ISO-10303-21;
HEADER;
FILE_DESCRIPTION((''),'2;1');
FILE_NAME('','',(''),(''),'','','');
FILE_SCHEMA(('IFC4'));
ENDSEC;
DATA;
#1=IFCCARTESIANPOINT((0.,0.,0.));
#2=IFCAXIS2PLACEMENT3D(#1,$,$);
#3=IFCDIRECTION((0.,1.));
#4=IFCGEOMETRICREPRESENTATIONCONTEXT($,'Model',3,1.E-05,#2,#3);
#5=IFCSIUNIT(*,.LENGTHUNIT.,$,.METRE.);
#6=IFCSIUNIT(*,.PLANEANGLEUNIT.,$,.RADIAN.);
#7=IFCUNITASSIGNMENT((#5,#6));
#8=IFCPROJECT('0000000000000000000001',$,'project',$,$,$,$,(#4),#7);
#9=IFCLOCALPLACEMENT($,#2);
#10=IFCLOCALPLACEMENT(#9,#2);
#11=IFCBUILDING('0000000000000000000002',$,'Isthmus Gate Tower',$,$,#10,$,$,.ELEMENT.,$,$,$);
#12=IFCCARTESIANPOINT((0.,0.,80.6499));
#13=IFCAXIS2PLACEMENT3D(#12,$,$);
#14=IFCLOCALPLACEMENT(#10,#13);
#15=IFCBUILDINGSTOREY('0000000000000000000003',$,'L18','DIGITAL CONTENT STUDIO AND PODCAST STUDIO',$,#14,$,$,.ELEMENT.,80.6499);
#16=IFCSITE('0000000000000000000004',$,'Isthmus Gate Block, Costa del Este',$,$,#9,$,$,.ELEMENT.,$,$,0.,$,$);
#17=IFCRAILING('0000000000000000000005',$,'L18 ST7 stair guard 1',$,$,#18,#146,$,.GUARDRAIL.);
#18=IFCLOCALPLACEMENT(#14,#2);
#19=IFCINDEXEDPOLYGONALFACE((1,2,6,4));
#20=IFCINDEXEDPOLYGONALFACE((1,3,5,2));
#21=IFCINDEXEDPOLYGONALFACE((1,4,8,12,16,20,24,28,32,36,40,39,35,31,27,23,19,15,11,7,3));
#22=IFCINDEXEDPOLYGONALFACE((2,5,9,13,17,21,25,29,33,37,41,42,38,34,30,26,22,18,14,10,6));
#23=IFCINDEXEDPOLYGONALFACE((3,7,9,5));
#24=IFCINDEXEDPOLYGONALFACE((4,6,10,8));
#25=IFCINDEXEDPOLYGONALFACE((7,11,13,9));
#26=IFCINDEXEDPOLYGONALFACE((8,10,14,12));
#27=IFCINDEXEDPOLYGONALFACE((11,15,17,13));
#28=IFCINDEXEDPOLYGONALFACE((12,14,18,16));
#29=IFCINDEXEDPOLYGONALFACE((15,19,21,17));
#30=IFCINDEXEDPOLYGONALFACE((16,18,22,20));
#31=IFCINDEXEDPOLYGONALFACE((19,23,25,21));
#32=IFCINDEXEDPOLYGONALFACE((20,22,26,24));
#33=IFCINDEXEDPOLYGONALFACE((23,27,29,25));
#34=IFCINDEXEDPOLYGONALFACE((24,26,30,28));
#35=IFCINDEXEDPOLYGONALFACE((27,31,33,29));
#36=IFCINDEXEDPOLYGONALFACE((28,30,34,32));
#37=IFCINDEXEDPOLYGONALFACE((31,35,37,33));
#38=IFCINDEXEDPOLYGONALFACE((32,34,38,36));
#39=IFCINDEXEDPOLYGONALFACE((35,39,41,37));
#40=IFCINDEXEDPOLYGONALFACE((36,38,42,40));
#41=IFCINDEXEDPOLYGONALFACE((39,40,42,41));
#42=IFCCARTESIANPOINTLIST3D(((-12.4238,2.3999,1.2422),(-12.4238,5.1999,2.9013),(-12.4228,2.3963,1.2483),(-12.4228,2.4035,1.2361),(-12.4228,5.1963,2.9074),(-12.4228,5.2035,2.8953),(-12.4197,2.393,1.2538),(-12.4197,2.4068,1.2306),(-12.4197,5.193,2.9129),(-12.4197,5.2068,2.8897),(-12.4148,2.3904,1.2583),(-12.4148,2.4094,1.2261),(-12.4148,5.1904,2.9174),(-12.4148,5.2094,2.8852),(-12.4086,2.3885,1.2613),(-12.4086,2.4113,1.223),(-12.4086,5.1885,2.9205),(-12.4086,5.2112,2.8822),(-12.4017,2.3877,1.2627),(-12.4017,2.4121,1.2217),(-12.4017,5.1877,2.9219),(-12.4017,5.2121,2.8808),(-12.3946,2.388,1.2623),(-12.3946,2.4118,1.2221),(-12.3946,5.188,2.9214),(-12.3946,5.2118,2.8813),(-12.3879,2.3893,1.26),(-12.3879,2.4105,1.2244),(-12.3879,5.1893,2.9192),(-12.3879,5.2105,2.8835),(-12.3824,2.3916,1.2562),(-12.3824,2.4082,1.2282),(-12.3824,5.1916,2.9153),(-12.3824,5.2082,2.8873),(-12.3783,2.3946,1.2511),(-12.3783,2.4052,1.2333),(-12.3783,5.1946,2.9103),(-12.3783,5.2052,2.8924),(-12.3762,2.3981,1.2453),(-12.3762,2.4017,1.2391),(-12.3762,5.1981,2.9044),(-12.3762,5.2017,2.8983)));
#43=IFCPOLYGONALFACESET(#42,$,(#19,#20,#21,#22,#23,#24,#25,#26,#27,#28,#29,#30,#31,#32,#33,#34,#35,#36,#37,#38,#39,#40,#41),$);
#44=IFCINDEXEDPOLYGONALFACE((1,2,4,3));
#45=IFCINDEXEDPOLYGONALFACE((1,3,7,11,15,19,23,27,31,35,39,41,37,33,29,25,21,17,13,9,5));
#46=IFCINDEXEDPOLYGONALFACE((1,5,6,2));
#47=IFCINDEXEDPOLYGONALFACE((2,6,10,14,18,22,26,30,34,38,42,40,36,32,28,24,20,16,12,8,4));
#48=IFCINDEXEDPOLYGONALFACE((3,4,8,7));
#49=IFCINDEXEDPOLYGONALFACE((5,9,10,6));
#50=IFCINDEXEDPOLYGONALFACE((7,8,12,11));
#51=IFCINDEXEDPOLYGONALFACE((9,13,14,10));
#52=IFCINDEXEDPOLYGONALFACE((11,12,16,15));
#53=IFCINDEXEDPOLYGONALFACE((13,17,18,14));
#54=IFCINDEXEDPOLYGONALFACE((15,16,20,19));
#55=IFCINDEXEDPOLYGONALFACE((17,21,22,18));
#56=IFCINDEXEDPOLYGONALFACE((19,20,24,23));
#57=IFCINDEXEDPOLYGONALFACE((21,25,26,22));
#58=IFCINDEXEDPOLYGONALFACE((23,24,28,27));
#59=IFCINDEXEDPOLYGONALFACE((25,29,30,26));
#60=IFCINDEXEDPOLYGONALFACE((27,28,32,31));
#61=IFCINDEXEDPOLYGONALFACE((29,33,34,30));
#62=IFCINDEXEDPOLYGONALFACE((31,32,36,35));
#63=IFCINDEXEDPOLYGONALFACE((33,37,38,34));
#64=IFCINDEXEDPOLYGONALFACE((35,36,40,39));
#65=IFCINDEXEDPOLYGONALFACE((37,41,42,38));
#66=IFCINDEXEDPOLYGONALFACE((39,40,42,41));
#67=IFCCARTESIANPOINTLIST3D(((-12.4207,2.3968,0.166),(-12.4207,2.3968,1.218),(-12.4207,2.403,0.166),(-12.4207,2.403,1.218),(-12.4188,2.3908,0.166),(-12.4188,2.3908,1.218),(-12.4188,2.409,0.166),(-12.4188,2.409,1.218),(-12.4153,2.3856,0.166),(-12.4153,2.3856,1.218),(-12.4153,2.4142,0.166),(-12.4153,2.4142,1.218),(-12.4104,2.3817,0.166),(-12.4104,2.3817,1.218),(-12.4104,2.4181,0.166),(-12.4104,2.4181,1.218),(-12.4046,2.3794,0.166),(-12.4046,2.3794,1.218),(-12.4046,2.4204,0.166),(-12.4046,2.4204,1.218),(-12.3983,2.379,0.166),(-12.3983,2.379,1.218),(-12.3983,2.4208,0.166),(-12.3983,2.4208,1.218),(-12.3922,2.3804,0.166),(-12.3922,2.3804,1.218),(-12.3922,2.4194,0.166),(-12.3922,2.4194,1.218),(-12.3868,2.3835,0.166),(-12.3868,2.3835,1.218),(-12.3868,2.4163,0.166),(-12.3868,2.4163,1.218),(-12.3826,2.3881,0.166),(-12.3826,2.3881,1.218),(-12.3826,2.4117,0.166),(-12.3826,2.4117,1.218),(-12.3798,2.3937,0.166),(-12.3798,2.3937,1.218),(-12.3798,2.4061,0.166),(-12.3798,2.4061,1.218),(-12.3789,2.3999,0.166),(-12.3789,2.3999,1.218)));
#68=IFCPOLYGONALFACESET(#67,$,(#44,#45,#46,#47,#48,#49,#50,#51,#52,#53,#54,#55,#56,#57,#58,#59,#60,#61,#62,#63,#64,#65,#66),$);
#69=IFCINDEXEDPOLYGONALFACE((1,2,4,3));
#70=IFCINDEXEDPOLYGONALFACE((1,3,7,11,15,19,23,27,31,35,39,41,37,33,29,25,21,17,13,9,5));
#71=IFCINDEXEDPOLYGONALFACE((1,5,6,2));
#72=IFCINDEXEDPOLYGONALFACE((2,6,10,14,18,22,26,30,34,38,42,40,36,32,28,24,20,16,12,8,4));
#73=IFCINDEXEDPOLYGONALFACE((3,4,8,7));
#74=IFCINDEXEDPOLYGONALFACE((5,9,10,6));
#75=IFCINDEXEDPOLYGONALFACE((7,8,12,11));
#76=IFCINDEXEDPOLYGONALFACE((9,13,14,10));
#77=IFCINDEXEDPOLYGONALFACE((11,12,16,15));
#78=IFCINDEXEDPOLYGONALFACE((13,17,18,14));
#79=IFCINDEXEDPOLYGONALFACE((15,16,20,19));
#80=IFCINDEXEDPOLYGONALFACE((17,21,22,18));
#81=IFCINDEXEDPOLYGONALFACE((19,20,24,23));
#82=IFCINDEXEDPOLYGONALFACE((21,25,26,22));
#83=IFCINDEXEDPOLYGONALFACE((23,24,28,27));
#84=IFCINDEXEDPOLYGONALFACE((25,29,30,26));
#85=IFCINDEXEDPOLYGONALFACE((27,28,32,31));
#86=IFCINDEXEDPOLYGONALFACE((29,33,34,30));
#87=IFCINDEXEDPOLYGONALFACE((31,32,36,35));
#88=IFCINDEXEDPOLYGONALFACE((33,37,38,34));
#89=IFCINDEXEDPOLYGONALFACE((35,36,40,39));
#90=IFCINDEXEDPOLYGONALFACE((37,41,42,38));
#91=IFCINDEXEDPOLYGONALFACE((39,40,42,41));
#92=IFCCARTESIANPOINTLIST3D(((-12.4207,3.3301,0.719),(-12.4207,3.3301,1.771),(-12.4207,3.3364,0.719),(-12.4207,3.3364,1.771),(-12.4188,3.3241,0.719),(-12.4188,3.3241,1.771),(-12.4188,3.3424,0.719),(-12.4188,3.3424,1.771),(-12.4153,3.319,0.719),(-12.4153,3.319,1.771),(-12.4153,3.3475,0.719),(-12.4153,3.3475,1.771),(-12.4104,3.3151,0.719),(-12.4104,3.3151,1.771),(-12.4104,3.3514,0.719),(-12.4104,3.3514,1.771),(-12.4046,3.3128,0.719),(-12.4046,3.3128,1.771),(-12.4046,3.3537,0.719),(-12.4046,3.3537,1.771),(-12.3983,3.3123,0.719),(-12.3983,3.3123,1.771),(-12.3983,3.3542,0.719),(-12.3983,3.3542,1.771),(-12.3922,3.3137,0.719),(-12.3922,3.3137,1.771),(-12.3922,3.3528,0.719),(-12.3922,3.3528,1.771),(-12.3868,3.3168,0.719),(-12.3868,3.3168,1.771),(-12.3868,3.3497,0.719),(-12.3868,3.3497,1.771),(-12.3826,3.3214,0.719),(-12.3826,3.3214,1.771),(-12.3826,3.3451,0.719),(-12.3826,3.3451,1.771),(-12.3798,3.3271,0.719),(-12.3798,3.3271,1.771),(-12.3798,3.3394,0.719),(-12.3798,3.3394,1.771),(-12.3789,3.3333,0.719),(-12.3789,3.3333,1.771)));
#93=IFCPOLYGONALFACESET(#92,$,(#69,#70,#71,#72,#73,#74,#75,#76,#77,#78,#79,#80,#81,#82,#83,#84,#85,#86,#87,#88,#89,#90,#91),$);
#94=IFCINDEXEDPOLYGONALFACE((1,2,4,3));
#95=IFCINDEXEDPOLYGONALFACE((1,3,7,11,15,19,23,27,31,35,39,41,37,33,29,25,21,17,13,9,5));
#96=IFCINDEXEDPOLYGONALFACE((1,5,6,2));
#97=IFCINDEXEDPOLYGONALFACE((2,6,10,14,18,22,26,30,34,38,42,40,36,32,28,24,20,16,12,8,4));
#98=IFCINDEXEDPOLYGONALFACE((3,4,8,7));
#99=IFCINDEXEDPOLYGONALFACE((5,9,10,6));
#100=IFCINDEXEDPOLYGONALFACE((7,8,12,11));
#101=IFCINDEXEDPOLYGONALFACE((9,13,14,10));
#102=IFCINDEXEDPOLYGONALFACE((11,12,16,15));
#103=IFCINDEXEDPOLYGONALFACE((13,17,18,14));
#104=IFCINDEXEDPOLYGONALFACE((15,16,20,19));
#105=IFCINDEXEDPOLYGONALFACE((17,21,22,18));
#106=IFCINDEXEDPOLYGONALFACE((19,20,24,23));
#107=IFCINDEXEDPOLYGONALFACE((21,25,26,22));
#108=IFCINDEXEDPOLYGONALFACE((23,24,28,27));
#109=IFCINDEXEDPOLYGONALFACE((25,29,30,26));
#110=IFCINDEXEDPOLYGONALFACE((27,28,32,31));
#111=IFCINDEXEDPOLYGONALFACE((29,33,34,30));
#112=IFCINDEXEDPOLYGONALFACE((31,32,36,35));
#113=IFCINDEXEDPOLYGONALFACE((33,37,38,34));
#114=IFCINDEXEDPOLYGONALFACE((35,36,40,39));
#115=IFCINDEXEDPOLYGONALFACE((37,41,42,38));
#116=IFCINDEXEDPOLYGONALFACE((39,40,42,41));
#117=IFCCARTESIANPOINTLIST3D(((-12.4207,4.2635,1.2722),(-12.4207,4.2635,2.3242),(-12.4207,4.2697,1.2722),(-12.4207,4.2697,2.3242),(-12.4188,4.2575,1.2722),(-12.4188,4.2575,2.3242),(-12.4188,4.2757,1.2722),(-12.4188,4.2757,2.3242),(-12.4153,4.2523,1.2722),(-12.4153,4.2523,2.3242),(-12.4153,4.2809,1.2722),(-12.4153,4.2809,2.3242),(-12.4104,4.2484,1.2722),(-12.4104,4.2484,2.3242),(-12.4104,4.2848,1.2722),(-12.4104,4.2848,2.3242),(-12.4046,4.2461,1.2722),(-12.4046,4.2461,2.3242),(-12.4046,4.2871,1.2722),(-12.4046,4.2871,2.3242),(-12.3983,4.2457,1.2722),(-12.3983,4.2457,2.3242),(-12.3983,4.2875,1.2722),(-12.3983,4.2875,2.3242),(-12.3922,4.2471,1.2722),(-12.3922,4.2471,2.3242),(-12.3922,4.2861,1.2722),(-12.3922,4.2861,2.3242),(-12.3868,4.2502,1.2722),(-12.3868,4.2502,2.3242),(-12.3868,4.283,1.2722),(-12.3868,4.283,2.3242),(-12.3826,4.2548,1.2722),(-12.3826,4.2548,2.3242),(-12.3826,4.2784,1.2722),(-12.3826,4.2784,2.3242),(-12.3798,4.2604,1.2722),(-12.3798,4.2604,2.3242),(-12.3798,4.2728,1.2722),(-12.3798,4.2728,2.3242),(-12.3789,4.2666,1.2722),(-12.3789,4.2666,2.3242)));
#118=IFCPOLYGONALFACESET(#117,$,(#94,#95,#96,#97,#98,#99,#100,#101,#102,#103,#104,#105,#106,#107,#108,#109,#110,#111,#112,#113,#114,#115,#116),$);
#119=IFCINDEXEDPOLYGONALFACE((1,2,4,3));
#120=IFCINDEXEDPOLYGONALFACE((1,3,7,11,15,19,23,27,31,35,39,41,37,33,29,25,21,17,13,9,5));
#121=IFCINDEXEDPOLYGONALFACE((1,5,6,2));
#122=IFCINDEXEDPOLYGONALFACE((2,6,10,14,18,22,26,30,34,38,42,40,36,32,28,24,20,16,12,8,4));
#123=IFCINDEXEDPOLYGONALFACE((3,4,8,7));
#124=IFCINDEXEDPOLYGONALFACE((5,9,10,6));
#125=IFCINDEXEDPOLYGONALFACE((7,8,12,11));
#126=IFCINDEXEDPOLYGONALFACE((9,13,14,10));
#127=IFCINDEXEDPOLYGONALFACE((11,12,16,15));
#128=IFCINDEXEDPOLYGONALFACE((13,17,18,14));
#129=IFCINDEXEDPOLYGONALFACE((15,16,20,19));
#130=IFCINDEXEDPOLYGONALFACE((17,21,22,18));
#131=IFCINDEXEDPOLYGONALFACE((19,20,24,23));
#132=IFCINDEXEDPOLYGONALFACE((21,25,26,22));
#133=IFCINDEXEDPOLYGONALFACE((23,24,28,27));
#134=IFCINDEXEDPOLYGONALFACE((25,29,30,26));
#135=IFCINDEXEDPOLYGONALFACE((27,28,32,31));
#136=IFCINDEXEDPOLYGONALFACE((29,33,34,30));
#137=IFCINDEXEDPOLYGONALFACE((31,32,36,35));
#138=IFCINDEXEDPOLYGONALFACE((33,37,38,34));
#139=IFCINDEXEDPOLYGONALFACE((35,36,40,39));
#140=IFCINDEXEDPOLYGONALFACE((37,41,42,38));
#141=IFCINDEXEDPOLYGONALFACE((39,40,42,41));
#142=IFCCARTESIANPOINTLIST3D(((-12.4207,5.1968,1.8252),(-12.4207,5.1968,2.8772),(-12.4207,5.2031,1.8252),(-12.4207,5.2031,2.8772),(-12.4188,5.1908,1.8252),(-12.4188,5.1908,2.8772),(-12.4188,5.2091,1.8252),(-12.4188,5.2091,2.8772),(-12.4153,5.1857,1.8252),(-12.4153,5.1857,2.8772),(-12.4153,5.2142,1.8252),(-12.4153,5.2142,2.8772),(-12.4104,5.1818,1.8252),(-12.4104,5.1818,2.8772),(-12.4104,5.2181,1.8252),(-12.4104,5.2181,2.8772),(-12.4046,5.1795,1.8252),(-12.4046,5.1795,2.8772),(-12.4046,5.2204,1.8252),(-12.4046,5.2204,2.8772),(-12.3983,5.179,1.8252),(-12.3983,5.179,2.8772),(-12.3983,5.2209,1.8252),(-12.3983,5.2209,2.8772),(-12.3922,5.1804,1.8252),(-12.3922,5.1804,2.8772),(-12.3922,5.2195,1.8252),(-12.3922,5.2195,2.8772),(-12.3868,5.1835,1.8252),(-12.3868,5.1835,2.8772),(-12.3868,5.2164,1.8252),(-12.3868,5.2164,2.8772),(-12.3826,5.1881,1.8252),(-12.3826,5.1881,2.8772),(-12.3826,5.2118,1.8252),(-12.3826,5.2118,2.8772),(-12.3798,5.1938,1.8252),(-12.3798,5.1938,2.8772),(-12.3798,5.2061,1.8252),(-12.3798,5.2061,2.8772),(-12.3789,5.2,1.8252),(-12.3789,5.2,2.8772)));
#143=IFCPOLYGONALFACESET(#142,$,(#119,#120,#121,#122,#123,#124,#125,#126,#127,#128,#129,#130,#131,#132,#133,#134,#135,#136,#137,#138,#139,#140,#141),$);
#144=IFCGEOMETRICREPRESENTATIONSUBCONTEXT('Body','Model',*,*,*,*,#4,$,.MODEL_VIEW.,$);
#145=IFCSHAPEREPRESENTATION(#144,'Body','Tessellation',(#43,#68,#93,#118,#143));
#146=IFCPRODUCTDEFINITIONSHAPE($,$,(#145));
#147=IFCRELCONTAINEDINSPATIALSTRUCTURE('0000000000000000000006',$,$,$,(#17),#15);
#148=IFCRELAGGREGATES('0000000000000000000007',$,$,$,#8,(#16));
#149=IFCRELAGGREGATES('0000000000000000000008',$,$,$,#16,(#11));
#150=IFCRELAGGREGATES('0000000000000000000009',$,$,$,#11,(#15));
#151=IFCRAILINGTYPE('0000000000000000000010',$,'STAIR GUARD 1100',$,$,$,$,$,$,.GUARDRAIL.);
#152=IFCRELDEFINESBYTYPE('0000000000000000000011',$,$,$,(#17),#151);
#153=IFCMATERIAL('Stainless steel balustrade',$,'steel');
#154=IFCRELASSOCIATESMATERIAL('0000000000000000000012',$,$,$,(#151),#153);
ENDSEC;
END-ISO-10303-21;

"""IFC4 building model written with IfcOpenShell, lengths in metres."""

from ifc_helpers import new_model, si_unit, direction, frame, origin, origin_2d, place, context, subcontext, project, spatial, circle, extrude, material, type_object, element, save


model = new_model("IFC4")

# Units and contexts
model_context = context("Model", 3, precision=1e-05, world=origin(), true_north=direction((0.0, 1.0)))
body_context = subcontext(model_context, "Body", "Model", "MODEL_VIEW")
ifc_project = project(units=[si_unit("LENGTHUNIT", "METRE"), si_unit("PLANEANGLEUNIT", "RADIAN")], contexts=[model_context])

# Site, building, storey
site_placement = place(None, origin())
site = spatial("IfcSite", under=ifc_project, at=site_placement, Name="Isthmus Gate Block, Costa del Este", CompositionType="ELEMENT", RefElevation=0.0)
building_placement = place(site_placement, origin())
building = spatial("IfcBuilding", under=site, at=building_placement, Name="Isthmus Gate Tower", CompositionType="ELEMENT")
storey_placement = place(building_placement, frame((0.0, 0.0, 80.6499)))
storey = spatial("IfcBuildingStorey", under=building, at=storey_placement, Name="L18", Description="DIGITAL CONTENT STUDIO AND PODCAST STUDIO", CompositionType="ELEMENT", Elevation=80.6499)

# Railing
ifc_material_1 = material(Name="Stainless steel balustrade", Category="steel")
railing_type_1 = type_object("IfcRailingType", Name="STAIR GUARD 1100", PredefinedType="GUARDRAIL", material=ifc_material_1)
railing_1_placement = place(storey_placement, frame((-12.3999, 2.3999, 0.166)))
element("IfcRailing", 1, at=railing_1_placement, inside=storey, type_object=railing_type_1, Name="L18 ST7 stair guard 1", PredefinedType="GUARDRAIL", context=body_context, shape_type="SweptSolid", body=[
    extrude(circle(Radius=0.0239, at=origin_2d()), frame((0.0, 0.0, 1.0762), z_axis=(0.0, 0.860306, 0.509778), x_axis=(-1.0, 0.0, 0.0)), (0.0, 0.0, 1.0), 3.2546),
    extrude(circle(Radius=0.021, at=origin_2d()), origin(), (0.0, 0.0, 1.0), 1.052),
    extrude(circle(Radius=0.021, at=origin_2d()), frame((0.0, 0.9333, 0.553)), (0.0, 0.0, 1.0), 1.052),
    extrude(circle(Radius=0.021, at=origin_2d()), frame((0.0, 1.8667, 1.1062)), (0.0, 0.0, 1.0), 1.052),
    extrude(circle(Radius=0.021, at=origin_2d()), frame((0.0, 2.8, 1.6592)), (0.0, 0.0, 1.0), 1.052),
])

save(model, "model.ifc")
